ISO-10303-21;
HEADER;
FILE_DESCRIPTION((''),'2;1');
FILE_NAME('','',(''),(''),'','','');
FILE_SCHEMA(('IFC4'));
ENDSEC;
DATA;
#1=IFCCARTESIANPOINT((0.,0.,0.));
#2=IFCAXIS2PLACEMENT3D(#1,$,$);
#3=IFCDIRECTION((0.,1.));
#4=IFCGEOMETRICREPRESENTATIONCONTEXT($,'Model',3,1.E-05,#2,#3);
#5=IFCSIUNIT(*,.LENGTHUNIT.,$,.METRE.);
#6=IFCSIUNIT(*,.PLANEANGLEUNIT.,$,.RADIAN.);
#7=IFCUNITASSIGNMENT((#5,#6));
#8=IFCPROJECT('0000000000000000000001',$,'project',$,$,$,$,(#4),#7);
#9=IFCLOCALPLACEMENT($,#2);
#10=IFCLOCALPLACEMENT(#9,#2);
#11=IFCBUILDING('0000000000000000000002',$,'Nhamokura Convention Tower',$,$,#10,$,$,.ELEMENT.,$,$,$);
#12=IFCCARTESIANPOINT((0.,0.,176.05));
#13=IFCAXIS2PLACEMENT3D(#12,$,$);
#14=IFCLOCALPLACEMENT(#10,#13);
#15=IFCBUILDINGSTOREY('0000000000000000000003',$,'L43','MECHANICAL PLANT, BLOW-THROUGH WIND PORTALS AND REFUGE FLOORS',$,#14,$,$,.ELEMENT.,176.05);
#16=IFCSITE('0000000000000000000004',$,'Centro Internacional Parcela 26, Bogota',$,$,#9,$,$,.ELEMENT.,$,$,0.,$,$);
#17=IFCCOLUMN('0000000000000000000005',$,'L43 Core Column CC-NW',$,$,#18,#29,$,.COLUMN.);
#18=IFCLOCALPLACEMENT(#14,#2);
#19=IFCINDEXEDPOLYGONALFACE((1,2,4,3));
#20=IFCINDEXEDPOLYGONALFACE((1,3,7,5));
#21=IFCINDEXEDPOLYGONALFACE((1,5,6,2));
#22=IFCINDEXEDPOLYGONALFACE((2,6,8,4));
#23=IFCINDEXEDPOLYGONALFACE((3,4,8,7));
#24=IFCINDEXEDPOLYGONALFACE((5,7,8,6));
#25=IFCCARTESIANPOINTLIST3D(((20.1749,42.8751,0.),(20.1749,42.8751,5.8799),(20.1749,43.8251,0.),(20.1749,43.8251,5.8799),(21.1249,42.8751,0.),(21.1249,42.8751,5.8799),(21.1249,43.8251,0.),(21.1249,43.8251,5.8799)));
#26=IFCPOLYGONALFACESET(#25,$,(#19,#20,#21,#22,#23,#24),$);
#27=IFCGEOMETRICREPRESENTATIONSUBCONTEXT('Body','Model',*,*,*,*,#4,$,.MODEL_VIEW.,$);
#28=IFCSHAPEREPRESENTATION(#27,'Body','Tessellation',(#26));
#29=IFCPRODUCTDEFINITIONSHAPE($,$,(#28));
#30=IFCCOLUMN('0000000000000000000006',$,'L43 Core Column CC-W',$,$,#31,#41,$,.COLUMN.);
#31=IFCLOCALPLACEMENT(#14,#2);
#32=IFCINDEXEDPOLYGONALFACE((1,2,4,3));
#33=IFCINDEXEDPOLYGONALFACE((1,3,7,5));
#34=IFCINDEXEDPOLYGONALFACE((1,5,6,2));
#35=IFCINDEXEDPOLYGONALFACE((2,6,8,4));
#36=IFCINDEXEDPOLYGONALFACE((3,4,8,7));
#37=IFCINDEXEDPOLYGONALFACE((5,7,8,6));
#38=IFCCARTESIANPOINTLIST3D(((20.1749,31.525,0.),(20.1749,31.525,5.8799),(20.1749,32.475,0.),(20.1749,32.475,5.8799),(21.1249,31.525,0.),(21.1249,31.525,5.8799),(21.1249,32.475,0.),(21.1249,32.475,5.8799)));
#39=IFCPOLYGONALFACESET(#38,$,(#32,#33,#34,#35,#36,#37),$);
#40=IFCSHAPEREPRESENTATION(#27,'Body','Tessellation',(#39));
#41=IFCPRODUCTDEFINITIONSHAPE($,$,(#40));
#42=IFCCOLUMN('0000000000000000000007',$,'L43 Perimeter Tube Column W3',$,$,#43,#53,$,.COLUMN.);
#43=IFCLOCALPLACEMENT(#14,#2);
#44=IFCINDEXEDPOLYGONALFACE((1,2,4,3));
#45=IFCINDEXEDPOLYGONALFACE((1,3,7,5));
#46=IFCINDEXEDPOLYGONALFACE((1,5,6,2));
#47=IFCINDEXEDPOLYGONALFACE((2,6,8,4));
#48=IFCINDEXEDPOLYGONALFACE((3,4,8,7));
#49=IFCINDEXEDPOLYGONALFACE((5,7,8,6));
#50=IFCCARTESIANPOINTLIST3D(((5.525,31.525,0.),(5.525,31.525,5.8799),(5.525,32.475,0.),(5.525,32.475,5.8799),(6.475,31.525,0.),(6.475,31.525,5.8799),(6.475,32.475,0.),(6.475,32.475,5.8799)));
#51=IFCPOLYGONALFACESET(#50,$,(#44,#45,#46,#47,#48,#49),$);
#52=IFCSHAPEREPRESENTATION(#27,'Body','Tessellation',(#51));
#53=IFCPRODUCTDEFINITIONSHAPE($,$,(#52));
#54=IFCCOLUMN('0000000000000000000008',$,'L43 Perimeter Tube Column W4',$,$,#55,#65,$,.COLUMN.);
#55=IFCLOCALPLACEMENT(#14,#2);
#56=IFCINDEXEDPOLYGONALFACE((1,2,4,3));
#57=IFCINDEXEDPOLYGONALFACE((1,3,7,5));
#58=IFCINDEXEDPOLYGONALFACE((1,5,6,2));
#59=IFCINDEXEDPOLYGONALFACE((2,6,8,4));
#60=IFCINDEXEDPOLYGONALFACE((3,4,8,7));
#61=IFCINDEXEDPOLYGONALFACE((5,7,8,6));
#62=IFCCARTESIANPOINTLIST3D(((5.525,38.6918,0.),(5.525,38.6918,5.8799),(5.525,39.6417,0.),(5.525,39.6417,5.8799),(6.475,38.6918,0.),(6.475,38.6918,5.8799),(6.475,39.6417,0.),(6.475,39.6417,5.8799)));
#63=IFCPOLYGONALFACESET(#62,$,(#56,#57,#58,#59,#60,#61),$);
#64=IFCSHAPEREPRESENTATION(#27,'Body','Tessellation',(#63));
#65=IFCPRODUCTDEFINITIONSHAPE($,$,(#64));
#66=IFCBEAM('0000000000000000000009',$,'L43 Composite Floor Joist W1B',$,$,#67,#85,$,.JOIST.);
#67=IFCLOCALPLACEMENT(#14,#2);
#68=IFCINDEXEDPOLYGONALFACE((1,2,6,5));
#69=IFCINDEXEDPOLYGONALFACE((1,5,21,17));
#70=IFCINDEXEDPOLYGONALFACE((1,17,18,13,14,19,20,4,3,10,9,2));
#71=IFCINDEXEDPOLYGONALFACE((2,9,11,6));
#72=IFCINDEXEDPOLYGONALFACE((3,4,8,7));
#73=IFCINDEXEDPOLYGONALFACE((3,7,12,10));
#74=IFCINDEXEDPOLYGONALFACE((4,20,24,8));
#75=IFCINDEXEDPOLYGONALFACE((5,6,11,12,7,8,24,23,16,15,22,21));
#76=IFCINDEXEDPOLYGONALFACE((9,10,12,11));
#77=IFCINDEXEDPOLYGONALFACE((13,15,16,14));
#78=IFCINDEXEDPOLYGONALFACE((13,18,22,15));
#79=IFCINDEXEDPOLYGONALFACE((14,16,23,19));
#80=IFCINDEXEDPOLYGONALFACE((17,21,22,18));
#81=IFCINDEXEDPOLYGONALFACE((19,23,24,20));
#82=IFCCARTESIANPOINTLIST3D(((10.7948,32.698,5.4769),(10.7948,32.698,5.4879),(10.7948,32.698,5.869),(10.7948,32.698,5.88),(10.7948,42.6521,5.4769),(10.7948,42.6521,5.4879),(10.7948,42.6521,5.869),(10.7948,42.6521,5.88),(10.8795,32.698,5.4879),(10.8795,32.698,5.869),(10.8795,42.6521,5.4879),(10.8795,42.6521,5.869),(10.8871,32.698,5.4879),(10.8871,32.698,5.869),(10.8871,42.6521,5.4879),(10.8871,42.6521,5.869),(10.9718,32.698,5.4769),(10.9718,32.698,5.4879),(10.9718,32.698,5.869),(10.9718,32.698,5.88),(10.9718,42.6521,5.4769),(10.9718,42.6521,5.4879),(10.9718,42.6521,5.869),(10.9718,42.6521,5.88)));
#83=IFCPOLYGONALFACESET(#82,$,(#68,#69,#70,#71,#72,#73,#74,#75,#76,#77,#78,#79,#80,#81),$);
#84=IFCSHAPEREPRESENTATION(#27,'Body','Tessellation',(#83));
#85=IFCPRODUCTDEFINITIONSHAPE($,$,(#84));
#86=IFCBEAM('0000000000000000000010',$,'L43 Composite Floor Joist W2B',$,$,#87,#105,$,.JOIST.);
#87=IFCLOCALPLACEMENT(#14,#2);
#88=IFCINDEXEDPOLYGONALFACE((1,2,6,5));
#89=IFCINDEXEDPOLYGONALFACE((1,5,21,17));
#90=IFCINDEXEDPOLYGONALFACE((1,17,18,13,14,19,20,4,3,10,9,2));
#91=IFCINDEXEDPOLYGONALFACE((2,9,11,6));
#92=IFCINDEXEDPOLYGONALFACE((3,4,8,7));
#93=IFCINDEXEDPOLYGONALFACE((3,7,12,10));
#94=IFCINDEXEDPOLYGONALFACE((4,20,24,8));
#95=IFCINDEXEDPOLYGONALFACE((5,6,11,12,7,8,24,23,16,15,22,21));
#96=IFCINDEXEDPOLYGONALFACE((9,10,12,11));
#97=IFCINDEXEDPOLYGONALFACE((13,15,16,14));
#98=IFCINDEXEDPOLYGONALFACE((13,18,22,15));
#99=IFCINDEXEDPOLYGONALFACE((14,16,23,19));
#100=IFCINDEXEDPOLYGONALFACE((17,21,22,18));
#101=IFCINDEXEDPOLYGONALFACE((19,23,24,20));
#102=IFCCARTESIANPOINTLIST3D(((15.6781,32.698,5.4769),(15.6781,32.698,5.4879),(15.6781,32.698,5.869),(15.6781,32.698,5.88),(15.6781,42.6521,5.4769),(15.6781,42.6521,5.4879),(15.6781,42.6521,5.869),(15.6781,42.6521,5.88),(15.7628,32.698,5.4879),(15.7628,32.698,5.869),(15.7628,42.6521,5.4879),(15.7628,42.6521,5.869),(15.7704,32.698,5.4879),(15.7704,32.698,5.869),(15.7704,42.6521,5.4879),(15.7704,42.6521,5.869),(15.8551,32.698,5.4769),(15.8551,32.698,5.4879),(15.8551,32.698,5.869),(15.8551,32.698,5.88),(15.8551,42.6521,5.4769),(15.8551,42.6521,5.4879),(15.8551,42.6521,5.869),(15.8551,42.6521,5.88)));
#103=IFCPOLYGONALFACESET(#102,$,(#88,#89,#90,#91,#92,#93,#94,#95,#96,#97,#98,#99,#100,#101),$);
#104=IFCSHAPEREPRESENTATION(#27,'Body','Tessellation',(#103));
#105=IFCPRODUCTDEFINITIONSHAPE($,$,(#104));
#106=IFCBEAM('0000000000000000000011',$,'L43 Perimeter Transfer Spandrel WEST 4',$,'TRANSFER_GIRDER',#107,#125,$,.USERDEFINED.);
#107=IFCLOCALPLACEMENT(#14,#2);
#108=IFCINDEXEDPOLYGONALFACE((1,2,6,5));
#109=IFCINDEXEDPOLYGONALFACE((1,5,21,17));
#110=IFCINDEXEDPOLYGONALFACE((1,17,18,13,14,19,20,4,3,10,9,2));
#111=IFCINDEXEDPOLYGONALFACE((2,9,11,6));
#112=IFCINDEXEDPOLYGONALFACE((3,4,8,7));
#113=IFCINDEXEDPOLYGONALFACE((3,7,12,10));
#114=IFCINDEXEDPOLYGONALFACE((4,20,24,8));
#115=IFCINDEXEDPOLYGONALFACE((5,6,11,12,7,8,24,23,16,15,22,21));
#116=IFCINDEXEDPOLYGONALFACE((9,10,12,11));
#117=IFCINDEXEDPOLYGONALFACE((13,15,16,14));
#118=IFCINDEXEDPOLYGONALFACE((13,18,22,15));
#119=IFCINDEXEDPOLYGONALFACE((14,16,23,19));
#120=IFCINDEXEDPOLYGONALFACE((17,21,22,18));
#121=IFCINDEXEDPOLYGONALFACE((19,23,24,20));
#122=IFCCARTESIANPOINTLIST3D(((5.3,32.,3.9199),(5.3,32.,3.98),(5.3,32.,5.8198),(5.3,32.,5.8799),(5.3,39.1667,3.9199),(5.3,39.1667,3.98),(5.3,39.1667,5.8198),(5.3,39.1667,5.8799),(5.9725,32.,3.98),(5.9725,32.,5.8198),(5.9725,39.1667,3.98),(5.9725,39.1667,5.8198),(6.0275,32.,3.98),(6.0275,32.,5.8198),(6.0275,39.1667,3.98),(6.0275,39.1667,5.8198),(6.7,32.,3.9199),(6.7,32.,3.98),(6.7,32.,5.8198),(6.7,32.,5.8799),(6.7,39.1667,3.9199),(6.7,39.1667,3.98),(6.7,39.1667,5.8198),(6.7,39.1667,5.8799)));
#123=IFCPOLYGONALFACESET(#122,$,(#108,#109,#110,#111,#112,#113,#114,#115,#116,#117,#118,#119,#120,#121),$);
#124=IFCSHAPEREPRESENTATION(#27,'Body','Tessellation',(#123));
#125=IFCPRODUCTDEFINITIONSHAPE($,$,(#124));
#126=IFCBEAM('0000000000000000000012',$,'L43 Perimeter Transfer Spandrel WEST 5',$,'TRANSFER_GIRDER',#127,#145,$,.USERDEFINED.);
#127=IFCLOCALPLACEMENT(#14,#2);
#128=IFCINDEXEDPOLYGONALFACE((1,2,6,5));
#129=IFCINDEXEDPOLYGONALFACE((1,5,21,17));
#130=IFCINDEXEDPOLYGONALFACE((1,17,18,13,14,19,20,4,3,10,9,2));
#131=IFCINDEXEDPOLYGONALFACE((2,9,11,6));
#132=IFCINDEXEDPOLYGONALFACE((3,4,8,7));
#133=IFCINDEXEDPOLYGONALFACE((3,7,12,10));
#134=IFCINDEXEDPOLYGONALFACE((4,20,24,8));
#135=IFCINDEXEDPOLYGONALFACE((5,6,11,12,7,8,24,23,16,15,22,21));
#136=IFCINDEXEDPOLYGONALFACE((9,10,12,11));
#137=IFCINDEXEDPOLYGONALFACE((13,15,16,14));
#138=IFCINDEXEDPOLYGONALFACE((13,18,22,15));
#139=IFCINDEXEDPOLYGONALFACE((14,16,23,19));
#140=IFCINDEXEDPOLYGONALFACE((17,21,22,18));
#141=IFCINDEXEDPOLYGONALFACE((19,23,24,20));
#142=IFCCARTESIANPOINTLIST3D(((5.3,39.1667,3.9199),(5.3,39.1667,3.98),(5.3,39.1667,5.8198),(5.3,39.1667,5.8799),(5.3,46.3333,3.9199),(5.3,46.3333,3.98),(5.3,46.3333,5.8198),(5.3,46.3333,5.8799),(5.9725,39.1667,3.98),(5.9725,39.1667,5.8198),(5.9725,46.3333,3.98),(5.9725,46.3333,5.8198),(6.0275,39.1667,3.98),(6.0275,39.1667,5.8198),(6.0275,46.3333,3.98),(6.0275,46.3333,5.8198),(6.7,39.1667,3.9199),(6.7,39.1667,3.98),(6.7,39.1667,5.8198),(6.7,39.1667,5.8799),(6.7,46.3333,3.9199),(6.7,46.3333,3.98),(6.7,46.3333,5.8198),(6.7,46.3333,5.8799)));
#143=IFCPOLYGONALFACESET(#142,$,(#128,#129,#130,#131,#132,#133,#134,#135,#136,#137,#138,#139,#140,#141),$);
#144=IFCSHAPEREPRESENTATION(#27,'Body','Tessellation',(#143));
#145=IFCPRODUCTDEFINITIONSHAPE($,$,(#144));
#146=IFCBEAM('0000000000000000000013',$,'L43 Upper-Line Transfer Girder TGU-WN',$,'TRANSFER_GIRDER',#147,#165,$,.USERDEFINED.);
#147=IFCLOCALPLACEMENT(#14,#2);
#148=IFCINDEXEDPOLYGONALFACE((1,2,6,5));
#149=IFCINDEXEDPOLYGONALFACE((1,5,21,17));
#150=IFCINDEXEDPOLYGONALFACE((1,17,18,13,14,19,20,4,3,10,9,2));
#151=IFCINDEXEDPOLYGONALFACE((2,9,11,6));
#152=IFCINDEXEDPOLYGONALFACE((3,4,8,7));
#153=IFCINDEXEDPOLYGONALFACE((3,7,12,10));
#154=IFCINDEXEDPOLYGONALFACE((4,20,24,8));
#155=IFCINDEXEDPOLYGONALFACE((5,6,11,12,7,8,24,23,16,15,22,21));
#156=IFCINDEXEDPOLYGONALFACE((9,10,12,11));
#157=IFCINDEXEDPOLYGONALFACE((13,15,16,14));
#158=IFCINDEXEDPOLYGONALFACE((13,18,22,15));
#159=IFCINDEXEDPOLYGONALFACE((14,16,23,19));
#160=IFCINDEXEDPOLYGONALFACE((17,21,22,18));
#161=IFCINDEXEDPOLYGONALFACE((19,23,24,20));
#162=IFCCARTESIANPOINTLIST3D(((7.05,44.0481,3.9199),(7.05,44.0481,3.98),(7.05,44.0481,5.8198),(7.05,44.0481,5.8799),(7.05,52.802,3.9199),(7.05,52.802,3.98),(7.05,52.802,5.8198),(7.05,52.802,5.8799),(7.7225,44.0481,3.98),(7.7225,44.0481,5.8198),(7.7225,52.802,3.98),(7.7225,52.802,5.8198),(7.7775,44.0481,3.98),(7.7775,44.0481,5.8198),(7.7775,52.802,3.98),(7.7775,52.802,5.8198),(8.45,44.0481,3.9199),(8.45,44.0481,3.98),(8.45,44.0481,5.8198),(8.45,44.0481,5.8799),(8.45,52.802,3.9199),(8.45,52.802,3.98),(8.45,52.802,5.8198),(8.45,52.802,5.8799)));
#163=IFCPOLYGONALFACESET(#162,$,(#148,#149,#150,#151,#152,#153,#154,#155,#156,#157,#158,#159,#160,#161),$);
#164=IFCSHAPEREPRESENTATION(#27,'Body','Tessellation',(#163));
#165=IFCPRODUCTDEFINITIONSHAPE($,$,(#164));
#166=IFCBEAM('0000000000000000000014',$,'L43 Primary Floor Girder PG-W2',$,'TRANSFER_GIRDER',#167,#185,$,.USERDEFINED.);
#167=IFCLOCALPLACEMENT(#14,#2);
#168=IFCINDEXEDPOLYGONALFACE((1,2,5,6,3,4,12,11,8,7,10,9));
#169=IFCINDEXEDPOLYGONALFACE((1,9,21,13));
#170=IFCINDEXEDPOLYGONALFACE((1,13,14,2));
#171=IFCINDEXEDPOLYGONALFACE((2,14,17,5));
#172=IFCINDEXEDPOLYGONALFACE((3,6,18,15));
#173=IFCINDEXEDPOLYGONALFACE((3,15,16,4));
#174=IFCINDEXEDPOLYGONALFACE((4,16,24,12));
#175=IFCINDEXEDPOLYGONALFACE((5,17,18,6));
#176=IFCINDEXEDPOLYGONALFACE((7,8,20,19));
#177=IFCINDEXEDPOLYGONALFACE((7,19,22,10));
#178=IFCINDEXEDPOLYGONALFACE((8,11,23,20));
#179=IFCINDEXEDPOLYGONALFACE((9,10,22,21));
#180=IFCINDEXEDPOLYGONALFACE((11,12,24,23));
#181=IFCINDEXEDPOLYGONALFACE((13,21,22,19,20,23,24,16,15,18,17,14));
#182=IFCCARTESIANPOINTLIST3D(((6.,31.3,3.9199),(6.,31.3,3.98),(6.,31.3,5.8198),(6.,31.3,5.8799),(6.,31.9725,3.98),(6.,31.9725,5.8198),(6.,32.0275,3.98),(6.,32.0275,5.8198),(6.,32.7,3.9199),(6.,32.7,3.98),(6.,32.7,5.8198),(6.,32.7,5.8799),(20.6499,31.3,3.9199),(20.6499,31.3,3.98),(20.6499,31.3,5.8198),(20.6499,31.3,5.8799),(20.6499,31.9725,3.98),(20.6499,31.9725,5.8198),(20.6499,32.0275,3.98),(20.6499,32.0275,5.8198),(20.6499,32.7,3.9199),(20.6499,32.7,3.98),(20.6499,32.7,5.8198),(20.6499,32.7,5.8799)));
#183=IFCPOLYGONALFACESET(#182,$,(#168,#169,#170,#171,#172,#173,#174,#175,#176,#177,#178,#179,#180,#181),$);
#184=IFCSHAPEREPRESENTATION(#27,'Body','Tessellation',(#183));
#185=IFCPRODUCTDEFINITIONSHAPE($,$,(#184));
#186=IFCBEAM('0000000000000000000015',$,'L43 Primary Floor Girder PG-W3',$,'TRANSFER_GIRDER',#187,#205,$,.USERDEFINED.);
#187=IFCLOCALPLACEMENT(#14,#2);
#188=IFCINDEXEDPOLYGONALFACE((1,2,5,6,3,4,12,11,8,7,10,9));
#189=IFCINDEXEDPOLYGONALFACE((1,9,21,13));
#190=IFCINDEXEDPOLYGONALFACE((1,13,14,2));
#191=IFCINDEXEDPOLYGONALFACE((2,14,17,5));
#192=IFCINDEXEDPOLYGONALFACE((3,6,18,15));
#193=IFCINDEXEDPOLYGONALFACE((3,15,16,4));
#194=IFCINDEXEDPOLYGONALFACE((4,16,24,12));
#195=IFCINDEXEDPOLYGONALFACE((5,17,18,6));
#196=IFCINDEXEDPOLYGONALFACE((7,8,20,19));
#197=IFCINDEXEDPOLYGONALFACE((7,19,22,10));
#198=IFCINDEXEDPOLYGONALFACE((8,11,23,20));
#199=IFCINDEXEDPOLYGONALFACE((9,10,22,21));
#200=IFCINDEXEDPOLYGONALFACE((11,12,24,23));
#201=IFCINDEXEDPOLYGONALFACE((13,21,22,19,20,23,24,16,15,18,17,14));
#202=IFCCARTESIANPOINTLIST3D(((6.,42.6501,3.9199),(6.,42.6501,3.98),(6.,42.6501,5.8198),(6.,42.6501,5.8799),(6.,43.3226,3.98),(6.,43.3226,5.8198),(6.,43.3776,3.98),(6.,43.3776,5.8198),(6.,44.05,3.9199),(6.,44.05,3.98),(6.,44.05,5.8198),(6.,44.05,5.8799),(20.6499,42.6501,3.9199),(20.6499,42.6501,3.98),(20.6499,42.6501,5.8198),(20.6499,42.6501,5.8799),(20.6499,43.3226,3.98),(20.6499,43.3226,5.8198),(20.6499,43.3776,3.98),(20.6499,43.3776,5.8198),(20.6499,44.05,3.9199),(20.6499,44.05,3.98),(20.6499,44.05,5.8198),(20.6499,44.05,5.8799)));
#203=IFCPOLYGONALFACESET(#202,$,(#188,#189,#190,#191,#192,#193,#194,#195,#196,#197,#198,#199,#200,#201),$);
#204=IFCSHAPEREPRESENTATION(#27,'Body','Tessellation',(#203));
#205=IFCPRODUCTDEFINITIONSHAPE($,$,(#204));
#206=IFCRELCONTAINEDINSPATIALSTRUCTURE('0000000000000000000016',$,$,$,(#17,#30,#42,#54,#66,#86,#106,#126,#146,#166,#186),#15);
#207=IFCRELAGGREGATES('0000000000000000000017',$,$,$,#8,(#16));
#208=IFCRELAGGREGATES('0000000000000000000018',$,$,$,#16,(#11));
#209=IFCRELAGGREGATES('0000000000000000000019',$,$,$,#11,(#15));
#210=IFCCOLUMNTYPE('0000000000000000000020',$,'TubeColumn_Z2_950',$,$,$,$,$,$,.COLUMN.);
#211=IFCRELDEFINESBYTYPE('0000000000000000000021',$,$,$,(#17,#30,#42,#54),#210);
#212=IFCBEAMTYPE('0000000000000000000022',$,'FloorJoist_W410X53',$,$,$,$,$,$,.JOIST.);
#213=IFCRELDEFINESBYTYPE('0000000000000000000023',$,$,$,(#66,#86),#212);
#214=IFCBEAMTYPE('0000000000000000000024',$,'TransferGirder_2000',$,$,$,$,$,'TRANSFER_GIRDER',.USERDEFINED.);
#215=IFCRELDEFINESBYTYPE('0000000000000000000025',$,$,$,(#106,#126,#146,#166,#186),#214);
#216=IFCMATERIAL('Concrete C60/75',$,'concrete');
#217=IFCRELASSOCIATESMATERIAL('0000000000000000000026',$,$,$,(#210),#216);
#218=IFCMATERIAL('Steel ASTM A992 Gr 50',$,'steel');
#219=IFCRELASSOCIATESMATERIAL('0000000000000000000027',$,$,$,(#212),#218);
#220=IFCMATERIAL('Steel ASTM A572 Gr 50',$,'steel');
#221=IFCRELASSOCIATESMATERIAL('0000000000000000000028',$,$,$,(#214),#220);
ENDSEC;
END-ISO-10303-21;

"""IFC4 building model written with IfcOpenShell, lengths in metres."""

from ifc_helpers import new_model, si_unit, direction, frame, origin, origin_2d, place, context, subcontext, project, spatial, rectangle, i_section, extrude, material, material_profile, profile_set, type_object, element, save


model = new_model("IFC4")

# Units and contexts
model_context = context("Model", 3, precision=1e-05, world=origin(), true_north=direction((0.0, 1.0)))
body_context = subcontext(model_context, "Body", "Model", "MODEL_VIEW")
ifc_project = project(units=[si_unit("LENGTHUNIT", "METRE"), si_unit("PLANEANGLEUNIT", "RADIAN")], contexts=[model_context])

# Site, building, storey
site_placement = place(None, origin())
site = spatial("IfcSite", under=ifc_project, at=site_placement, Name="Centro Internacional Parcela 26, Bogota", CompositionType="ELEMENT", RefElevation=0.0)
building_placement = place(site_placement, origin())
building = spatial("IfcBuilding", under=site, at=building_placement, Name="Nhamokura Convention Tower", CompositionType="ELEMENT")
storey_placement = place(building_placement, frame((0.0, 0.0, 176.05)))
storey = spatial("IfcBuildingStorey", under=building, at=storey_placement, Name="L43", Description="MECHANICAL PLANT, BLOW-THROUGH WIND PORTALS AND REFUGE FLOORS", CompositionType="ELEMENT", Elevation=176.05)

# Columns
ifc_material_1 = material(Name="Concrete C60/75", Category="concrete")
ifc_material_profile_1 = material_profile(ifc_material_1, rectangle(XDim=0.95, YDim=0.95, at=origin_2d()))
ifc_profile_set_1 = profile_set([ifc_material_profile_1], Name="Concrete C60/75")
column_type = type_object("IfcColumnType", Name="TubeColumn_Z2_950", PredefinedType="COLUMN", material=ifc_profile_set_1)
for number, where, z_axis, x_axis, name in (
    (1, (20.6499, 43.3501, 0.0), (0.0, 0.0, 1.0), (1.0, 0.0, 0.0), "L43 Core Column CC-NW"),
    (2, (20.6499, 32.0, 0.0), (0.0, 0.0, 1.0), (1.0, 0.0, 0.0), "L43 Core Column CC-W"),
    (3, (6.0, 32.0, 0.0), (0.0, 0.0, 1.0), (1.0, 0.0, 0.0), "L43 Perimeter Tube Column W3"),
    (4, (6.0, 39.1667, 0.0), (0.0, 0.0, 1.0), (1.0, 0.0, 0.0), "L43 Perimeter Tube Column W4"),
):
    element("IfcColumn", number, at=place(storey_placement, frame(where, z_axis=z_axis, x_axis=x_axis)), inside=storey, type_object=column_type, Name=name, PredefinedType="COLUMN", context=body_context, shape_type="SweptSolid", body=[
        extrude(rectangle(XDim=0.95, YDim=0.95, at=origin_2d()), origin(), (0.0, 0.0, 1.0), 5.8799),
    ])

# Beams
ifc_material_2 = material(Name="Steel ASTM A992 Gr 50", Category="steel")
ifc_material_profile_2 = material_profile(ifc_material_2, i_section(OverallWidth=0.177, OverallDepth=0.4031, WebThickness=0.0076, FlangeThickness=0.011, at=origin_2d()))
ifc_profile_set_2 = profile_set([ifc_material_profile_2], Name="Steel ASTM A992 Gr 50")
beam_type_1 = type_object("IfcBeamType", Name="FloorJoist_W410X53", PredefinedType="JOIST", material=ifc_profile_set_2)
for number, where, z_axis, x_axis, name in (
    (5, (10.8833, 32.698, 5.6785), (0.0, 1.0, 0.0), (-1.0, 0.0, 0.0), "L43 Composite Floor Joist W1B"),
    (6, (15.7666, 32.698, 5.6785), (0.0, 1.0, 0.0), (-1.0, 0.0, 0.0), "L43 Composite Floor Joist W2B"),
):
    element("IfcBeam", number, at=place(storey_placement, frame(where, z_axis=z_axis, x_axis=x_axis)), inside=storey, type_object=beam_type_1, Name=name, PredefinedType="JOIST", context=body_context, shape_type="SweptSolid", body=[
        extrude(i_section(OverallWidth=0.177, OverallDepth=0.4031, WebThickness=0.0076, FlangeThickness=0.011, at=origin_2d()), origin(), (0.0, 0.0, 1.0), 9.9541),
    ])
ifc_material_3 = material(Name="Steel ASTM A572 Gr 50", Category="steel")
ifc_material_profile_3 = material_profile(ifc_material_3, i_section(OverallWidth=1.3999, OverallDepth=1.96, WebThickness=0.0549, FlangeThickness=0.0601, at=origin_2d()))
ifc_profile_set_3 = profile_set([ifc_material_profile_3], Name="Steel ASTM A572 Gr 50")
beam_type_2 = type_object("IfcBeamType", Name="TransferGirder_2000", ElementType="TRANSFER_GIRDER", PredefinedType="USERDEFINED", material=ifc_profile_set_3)
beam_1_placement = place(storey_placement, frame((6.0, 32.0, 4.8999), z_axis=(0.0, 1.0, 0.0), x_axis=(-1.0, 0.0, 0.0)))
element("IfcBeam", 7, at=beam_1_placement, inside=storey, type_object=beam_type_2, Name="L43 Perimeter Transfer Spandrel WEST 4", ObjectType="TRANSFER_GIRDER", PredefinedType="USERDEFINED", context=body_context, shape_type="SweptSolid", body=[
    extrude(i_section(OverallWidth=1.3999, OverallDepth=1.96, WebThickness=0.0549, FlangeThickness=0.0601, at=origin_2d()), origin(), (0.0, 0.0, 1.0), 7.1667),
])
beam_2_placement = place(storey_placement, frame((6.0, 39.1667, 4.8999), z_axis=(0.0, 1.0, 0.0), x_axis=(-1.0, 0.0, 0.0)))
element("IfcBeam", 8, at=beam_2_placement, inside=storey, type_object=beam_type_2, Name="L43 Perimeter Transfer Spandrel WEST 5", ObjectType="TRANSFER_GIRDER", PredefinedType="USERDEFINED", context=body_context, shape_type="SweptSolid", body=[
    extrude(i_section(OverallWidth=1.3999, OverallDepth=1.96, WebThickness=0.0549, FlangeThickness=0.0601, at=origin_2d()), origin(), (0.0, 0.0, 1.0), 7.1665),
])
beam_3_placement = place(storey_placement, frame((7.75, 44.0481, 4.8999), z_axis=(0.0, 1.0, 0.0), x_axis=(-1.0, 0.0, 0.0)))
element("IfcBeam", 9, at=beam_3_placement, inside=storey, type_object=beam_type_2, Name="L43 Upper-Line Transfer Girder TGU-WN", ObjectType="TRANSFER_GIRDER", PredefinedType="USERDEFINED", context=body_context, shape_type="SweptSolid", body=[
    extrude(i_section(OverallWidth=1.3999, OverallDepth=1.96, WebThickness=0.0549, FlangeThickness=0.0601, at=origin_2d()), origin(), (0.0, 0.0, 1.0), 8.7539),
])
for number, where, z_axis, x_axis, name in (
    (10, (6.0, 32.0, 4.8999), (1.0, 0.0, 0.0), (0.0, 1.0, 0.0), "L43 Primary Floor Girder PG-W2"),
    (11, (6.0, 43.3501, 4.8999), (1.0, 0.0, 0.0), (0.0, 1.0, 0.0), "L43 Primary Floor Girder PG-W3"),
):
    element("IfcBeam", number, at=place(storey_placement, frame(where, z_axis=z_axis, x_axis=x_axis)), inside=storey, type_object=beam_type_2, Name=name, ObjectType="TRANSFER_GIRDER", PredefinedType="USERDEFINED", context=body_context, shape_type="SweptSolid", body=[
        extrude(i_section(OverallWidth=1.3999, OverallDepth=1.96, WebThickness=0.0549, FlangeThickness=0.0601, at=origin_2d()), origin(), (0.0, 0.0, 1.0), 14.6499),
    ])

save(model, "model.ifc")
